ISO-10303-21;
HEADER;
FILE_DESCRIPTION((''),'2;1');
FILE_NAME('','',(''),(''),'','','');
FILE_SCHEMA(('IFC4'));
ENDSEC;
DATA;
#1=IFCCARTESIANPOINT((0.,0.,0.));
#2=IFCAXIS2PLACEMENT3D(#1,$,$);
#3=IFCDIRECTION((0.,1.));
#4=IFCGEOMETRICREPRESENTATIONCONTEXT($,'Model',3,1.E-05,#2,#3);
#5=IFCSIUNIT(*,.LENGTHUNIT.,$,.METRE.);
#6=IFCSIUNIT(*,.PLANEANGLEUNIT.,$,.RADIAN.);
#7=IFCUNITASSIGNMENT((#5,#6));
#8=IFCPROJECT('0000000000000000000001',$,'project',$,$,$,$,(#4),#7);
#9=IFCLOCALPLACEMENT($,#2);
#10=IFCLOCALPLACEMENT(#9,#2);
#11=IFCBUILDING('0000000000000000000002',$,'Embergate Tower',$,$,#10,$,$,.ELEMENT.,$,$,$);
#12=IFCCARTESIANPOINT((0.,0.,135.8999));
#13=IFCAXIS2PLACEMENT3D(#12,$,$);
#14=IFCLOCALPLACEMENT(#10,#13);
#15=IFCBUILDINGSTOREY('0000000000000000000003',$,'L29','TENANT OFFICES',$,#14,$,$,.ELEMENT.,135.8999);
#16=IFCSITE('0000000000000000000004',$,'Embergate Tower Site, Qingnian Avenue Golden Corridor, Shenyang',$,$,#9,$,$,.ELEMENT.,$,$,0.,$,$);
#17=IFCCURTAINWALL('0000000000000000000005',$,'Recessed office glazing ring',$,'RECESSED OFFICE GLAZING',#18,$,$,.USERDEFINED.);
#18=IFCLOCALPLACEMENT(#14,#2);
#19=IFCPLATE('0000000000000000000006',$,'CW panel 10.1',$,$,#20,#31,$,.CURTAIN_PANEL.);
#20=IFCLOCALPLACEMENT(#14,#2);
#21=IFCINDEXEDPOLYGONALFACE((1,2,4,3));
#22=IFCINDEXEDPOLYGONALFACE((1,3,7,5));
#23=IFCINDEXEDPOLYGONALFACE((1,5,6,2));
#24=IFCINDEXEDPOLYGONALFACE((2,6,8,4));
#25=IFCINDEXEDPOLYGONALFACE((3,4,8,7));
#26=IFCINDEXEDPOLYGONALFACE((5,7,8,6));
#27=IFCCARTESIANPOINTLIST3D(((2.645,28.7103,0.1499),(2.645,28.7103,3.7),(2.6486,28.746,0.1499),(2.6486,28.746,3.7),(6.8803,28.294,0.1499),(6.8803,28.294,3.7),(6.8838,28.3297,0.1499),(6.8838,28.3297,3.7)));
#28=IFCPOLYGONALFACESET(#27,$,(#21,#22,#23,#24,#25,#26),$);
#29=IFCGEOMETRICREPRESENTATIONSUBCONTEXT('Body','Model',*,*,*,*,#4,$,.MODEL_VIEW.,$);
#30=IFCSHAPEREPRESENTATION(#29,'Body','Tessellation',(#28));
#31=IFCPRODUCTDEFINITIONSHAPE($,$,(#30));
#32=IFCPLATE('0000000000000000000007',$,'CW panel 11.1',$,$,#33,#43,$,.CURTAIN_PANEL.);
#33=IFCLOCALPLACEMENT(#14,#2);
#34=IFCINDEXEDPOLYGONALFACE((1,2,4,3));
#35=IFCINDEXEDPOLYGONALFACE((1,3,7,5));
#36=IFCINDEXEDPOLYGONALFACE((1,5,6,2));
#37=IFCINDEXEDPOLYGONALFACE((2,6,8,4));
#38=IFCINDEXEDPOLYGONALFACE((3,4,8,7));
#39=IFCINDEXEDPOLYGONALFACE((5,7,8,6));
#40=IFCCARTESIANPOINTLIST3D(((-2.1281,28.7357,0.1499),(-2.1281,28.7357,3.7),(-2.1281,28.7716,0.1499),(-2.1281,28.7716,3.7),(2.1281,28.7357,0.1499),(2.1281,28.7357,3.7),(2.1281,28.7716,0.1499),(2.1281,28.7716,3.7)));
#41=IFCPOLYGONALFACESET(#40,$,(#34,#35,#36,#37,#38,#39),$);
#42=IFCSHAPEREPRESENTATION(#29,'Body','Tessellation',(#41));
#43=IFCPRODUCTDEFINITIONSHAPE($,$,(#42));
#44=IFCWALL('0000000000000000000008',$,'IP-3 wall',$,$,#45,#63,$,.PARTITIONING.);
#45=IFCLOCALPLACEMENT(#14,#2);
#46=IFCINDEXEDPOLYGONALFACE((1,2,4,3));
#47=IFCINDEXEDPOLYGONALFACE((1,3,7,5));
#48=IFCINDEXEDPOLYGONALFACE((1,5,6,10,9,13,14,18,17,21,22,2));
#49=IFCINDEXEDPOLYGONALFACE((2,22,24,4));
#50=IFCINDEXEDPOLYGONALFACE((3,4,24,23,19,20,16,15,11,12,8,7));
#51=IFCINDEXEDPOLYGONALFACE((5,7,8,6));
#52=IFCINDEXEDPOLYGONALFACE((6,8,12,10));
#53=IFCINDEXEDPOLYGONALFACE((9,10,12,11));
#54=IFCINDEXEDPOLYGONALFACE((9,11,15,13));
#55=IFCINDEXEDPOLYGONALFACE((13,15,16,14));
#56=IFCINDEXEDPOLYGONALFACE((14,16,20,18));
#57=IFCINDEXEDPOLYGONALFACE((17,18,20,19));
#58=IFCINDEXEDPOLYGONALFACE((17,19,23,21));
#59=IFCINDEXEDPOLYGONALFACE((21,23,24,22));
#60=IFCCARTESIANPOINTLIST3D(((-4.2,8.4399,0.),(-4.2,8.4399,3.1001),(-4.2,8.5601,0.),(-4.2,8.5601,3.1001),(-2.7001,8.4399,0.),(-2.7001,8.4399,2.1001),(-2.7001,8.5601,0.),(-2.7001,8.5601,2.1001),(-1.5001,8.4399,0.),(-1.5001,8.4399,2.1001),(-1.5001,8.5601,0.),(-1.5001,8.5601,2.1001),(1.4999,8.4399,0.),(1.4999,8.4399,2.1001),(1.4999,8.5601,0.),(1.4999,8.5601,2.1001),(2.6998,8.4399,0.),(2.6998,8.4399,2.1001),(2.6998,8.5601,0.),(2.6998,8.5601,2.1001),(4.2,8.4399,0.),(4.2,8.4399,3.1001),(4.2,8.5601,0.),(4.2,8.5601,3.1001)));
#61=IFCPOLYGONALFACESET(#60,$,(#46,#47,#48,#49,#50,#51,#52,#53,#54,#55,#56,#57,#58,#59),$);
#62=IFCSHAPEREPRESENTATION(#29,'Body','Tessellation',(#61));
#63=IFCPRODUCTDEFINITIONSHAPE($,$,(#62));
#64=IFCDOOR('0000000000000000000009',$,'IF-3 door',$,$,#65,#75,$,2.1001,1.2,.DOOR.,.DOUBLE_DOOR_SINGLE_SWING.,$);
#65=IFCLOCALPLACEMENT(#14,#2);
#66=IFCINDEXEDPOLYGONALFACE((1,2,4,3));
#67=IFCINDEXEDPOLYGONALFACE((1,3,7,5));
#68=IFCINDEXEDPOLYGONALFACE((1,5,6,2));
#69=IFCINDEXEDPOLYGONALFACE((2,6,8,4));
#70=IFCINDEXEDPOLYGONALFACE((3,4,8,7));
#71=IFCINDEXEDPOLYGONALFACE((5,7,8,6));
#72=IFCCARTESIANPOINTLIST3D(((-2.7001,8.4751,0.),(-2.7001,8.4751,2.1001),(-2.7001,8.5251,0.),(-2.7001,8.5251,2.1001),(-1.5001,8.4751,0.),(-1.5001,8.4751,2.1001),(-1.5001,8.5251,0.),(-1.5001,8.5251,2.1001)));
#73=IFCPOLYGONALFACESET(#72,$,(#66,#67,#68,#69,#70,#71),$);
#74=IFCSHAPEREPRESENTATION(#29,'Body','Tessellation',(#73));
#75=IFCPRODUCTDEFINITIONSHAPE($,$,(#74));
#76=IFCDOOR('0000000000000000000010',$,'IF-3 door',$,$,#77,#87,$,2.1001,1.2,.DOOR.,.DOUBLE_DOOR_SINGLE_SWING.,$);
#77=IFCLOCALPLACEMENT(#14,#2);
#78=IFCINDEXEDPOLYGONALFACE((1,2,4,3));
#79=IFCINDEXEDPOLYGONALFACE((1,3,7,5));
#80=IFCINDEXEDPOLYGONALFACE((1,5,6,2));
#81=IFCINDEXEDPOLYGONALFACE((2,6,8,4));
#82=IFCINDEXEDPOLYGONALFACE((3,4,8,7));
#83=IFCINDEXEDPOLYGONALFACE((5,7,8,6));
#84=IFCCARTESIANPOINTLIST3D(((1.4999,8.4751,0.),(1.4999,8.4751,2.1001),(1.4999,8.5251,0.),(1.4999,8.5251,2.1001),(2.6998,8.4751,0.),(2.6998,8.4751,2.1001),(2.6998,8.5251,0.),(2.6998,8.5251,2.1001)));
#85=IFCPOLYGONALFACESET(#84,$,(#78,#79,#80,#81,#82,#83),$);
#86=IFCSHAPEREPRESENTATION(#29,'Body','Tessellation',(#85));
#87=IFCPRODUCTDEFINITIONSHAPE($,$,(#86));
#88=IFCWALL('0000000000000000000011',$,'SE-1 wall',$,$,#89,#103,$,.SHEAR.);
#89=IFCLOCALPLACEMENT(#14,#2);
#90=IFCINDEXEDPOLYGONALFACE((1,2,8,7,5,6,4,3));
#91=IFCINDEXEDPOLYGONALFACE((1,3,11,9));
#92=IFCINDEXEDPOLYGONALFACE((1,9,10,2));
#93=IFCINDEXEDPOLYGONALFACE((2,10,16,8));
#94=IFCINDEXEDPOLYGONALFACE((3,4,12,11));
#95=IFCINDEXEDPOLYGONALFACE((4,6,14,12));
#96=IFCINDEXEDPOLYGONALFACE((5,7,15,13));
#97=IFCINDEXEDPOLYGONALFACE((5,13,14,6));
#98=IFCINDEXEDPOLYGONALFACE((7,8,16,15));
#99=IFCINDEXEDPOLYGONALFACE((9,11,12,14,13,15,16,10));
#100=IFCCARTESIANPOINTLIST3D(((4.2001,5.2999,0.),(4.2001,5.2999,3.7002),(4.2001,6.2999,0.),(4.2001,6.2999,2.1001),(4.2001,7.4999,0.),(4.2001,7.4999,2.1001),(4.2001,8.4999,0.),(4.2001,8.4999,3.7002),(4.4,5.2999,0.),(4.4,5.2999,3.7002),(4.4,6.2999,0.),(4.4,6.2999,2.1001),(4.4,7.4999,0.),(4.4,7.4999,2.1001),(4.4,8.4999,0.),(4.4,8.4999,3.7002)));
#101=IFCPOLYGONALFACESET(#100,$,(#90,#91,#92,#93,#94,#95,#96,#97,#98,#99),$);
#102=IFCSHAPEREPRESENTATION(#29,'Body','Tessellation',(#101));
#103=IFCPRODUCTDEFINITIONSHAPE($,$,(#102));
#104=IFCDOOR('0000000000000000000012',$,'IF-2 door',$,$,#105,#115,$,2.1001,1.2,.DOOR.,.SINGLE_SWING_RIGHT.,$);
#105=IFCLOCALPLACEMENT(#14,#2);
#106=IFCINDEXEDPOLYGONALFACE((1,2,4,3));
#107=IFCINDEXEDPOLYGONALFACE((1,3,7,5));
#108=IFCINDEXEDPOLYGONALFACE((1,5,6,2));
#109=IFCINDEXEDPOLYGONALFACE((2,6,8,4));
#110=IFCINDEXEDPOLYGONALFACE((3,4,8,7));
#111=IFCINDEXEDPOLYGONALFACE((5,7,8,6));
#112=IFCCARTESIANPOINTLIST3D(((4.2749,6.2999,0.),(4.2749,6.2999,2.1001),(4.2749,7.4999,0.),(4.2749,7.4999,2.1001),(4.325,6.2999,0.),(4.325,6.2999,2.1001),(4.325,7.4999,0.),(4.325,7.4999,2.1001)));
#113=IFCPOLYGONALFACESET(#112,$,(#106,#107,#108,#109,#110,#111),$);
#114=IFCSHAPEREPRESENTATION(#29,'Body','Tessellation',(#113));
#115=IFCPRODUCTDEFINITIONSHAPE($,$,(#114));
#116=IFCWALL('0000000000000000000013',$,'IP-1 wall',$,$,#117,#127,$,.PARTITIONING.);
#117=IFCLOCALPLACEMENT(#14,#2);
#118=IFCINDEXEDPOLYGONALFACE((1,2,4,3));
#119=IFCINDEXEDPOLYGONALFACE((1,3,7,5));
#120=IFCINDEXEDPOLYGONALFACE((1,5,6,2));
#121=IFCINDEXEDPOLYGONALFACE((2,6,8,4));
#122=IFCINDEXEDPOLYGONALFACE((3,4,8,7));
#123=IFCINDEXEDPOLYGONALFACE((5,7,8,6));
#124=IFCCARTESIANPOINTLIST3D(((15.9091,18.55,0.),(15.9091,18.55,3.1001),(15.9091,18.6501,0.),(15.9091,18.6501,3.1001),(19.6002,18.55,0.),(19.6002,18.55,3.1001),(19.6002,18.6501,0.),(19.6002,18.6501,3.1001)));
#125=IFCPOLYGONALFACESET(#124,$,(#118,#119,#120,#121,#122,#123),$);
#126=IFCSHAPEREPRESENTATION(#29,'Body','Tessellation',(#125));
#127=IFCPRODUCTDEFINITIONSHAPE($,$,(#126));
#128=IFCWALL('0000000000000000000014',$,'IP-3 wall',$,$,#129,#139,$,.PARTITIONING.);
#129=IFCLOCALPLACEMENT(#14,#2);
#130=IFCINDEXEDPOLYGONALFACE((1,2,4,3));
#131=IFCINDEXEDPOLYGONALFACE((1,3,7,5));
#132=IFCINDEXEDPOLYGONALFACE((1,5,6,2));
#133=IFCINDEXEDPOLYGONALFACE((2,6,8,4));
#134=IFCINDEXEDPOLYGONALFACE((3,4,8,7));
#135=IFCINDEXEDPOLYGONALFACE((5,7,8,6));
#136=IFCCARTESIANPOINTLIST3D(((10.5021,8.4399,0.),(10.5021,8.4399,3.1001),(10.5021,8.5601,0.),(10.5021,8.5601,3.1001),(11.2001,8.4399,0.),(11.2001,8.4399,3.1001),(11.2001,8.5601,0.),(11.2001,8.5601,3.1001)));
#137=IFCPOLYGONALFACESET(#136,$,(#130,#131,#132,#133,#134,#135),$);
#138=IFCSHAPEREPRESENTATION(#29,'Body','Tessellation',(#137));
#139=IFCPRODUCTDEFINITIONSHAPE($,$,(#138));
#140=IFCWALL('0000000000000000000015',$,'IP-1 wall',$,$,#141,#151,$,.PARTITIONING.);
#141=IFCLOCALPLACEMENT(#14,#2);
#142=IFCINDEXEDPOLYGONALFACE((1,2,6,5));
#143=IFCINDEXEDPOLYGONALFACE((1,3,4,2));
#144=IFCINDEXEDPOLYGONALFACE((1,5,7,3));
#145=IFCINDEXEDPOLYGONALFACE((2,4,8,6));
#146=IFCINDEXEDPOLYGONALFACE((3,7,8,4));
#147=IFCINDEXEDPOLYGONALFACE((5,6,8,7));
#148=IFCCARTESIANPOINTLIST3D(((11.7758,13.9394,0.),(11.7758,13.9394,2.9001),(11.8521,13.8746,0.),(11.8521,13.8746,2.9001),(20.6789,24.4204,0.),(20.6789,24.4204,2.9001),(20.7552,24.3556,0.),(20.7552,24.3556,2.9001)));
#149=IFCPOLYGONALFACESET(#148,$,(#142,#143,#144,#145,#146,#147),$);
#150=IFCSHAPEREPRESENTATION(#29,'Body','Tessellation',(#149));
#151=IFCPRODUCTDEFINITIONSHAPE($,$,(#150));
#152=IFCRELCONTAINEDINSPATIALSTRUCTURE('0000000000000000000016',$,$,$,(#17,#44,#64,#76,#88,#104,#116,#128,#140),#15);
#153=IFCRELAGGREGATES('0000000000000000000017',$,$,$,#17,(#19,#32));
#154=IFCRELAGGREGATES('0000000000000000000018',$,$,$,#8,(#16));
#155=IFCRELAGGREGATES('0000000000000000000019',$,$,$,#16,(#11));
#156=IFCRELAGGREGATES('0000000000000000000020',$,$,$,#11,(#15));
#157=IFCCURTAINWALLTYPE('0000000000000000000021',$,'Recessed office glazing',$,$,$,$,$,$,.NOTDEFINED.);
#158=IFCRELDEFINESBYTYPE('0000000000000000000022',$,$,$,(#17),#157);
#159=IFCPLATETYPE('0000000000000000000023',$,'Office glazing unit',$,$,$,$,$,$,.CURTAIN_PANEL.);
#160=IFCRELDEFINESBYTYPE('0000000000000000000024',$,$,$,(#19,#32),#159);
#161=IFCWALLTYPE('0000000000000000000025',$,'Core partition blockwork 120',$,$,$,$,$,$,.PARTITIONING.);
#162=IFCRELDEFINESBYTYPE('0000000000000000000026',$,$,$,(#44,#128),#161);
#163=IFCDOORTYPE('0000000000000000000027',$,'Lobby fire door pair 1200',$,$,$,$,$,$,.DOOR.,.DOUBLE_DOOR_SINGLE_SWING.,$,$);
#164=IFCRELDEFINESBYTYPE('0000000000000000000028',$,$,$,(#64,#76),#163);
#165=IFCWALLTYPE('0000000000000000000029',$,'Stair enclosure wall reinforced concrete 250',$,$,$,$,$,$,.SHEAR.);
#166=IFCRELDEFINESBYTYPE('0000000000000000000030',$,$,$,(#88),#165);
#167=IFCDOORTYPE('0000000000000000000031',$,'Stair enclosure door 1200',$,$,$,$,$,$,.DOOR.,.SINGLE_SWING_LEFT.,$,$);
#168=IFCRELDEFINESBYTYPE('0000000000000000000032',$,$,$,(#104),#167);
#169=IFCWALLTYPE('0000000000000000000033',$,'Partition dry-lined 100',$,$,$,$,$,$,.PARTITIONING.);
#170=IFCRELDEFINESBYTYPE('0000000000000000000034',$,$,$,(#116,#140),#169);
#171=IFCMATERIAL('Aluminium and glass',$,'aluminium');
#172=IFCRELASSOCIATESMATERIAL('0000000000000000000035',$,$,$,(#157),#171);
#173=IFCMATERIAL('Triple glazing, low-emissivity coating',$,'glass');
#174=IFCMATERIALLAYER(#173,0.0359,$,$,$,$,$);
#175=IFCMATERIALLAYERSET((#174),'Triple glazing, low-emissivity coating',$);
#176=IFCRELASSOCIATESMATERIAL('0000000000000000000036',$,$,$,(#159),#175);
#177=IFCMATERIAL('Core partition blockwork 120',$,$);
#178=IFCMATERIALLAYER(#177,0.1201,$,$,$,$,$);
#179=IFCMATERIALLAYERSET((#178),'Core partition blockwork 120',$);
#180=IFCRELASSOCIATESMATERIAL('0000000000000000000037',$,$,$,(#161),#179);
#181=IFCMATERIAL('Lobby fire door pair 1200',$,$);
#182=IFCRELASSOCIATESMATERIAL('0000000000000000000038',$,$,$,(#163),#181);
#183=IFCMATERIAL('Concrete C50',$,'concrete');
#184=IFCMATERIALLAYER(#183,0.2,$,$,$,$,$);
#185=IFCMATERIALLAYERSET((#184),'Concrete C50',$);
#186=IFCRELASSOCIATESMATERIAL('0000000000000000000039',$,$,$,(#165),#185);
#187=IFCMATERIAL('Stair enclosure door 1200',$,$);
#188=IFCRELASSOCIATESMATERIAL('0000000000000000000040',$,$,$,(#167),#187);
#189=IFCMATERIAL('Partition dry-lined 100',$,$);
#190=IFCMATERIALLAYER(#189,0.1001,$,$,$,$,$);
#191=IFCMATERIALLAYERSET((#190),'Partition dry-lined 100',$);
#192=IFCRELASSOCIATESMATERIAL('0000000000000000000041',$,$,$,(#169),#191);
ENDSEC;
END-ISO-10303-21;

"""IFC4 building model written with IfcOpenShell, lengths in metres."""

from ifc_helpers import new_model, si_unit, direction, frame, frame_2d, origin, origin_2d, place, context, subcontext, project, spatial, rectangle, extrude, source, transform, mapped, material, layer, layer_set, type_object, element, fill, aggregate, save


model = new_model("IFC4")

# Units and contexts
model_context = context("Model", 3, precision=1e-05, world=origin(), true_north=direction((0.0, 1.0)))
body_context = subcontext(model_context, "Body", "Model", "MODEL_VIEW")
ifc_project = project(units=[si_unit("LENGTHUNIT", "METRE"), si_unit("PLANEANGLEUNIT", "RADIAN")], contexts=[model_context])

# Site, building, storey
site_placement = place(None, origin())
site = spatial("IfcSite", under=ifc_project, at=site_placement, Name="Embergate Tower Site, Qingnian Avenue Golden Corridor, Shenyang", CompositionType="ELEMENT", RefElevation=0.0)
building_placement = place(site_placement, origin())
building = spatial("IfcBuilding", under=site, at=building_placement, Name="Embergate Tower", CompositionType="ELEMENT")
storey_placement = place(building_placement, frame((0.0, 0.0, 135.8999)))
storey = spatial("IfcBuildingStorey", under=building, at=storey_placement, Name="L29", Description="TENANT OFFICES", CompositionType="ELEMENT", Elevation=135.8999)

# Curtain wall, plates
ifc_material_1 = material(Name="Aluminium and glass", Category="aluminium")
curtain_wall_type = type_object("IfcCurtainWallType", Name="Recessed office glazing", PredefinedType="NOTDEFINED", material=ifc_material_1)
curtain_wall_placement = place(storey_placement, origin())
curtain_wall = element("IfcCurtainWall", 1, at=curtain_wall_placement, inside=storey, type_object=curtain_wall_type, Name="Recessed office glazing ring", ObjectType="RECESSED OFFICE GLAZING", PredefinedType="USERDEFINED")
ifc_material_2 = material(Name="Triple glazing, low-emissivity coating", Category="glass")
ifc_layer_1 = layer(ifc_material_2, 0.0359)
ifc_layer_set_1 = layer_set([ifc_layer_1], Name="Triple glazing, low-emissivity coating")
plate_type = type_object("IfcPlateType", Name="Office glazing unit", PredefinedType="CURTAIN_PANEL", material=ifc_layer_set_1)
shared_shape_1 = source(origin(), body_context, "Body", "SweptSolid", [
    extrude(rectangle(XDim=4.2556, YDim=0.0359, at=origin_2d()), origin(), (0.0, 0.0, 1.0), 3.55),
])
plate_1_placement = place(storey_placement, frame((4.7644, 28.52, 0.1499), z_axis=(0.0, 0.0, 1.0), x_axis=(-0.995203, 0.097828, 0.0)))
plate_1 = element("IfcPlate", 2, at=plate_1_placement, type_object=plate_type, Name="CW panel 10.1", PredefinedType="CURTAIN_PANEL", context=body_context, shape_type="MappedRepresentation", body=[
    mapped(shared_shape_1, transform((0.0, 0.0, 0.0))),
])
shared_shape_2 = source(origin(), body_context, "Body", "SweptSolid", [
    extrude(rectangle(XDim=4.2561, YDim=0.0359, at=origin_2d()), origin(), (0.0, 0.0, 1.0), 3.55),
])
plate_2_placement = place(storey_placement, frame((0.0, 28.7537, 0.1499), z_axis=(0.0, 0.0, 1.0), x_axis=(-1.0, 0.0, 0.0)))
plate_2 = element("IfcPlate", 3, at=plate_2_placement, type_object=plate_type, Name="CW panel 11.1", PredefinedType="CURTAIN_PANEL", context=body_context, shape_type="MappedRepresentation", body=[
    mapped(shared_shape_2, transform((0.0, 0.0, 0.0))),
])
aggregate(curtain_wall, [plate_1, plate_2])

# Wall, openings, doors
ifc_material_3 = material(Name="Core partition blockwork 120")
ifc_layer_2 = layer(ifc_material_3, 0.1201)
ifc_layer_set_2 = layer_set([ifc_layer_2], Name="Core partition blockwork 120")
wall_type_1 = type_object("IfcWallType", Name="Core partition blockwork 120", PredefinedType="PARTITIONING", material=ifc_layer_set_2)
shared_shape_3 = source(origin(), body_context, "Body", "SweptSolid", [
    extrude(rectangle(XDim=8.3999, YDim=0.1201, at=frame_2d((4.2, 0.0))), origin(), (0.0, 0.0, 1.0), 3.1001),
])
wall_1_placement = place(storey_placement, frame((4.2, 8.5, 0.0), z_axis=(0.0, 0.0, 1.0), x_axis=(-1.0, 0.0, 0.0)))
wall_1 = element("IfcWall", 4, at=wall_1_placement, inside=storey, type_object=wall_type_1, Name="IP-3 wall", PredefinedType="PARTITIONING", context=body_context, shape_type="MappedRepresentation", body=[
    mapped(shared_shape_3, transform((0.0, 0.0, 0.0))),
])
shared_shape_4 = source(origin(), body_context, "Body", "SweptSolid", [
    extrude(rectangle(XDim=1.2, YDim=2.1001, at=frame_2d((0.6001, 1.05))), frame((0.0, 0.0701, 0.0), z_axis=(0.0, -1.0, 0.0), x_axis=(1.0, 0.0, 0.0)), (0.0, 0.0, 1.0), 0.1401),
])
opening_1_placement = place(wall_1_placement, frame((5.7, 0.0, 0.0)))
opening_1 = element("IfcOpeningElement", 5, at=opening_1_placement, cuts=wall_1, PredefinedType="OPENING", context=body_context, shape_type="MappedRepresentation", body=[
    mapped(shared_shape_4, transform((0.0, 0.0, 0.0))),
])
opening_2_placement = place(wall_1_placement, frame((1.5, 0.0, 0.0)))
opening_2 = element("IfcOpeningElement", 6, at=opening_2_placement, cuts=wall_1, PredefinedType="OPENING", context=body_context, shape_type="MappedRepresentation", body=[
    mapped(shared_shape_4, transform((0.0, 0.0, 0.0))),
])
ifc_material_4 = material(Name="Lobby fire door pair 1200")
door_type_1 = type_object("IfcDoorType", Name="Lobby fire door pair 1200", OperationType="DOUBLE_DOOR_SINGLE_SWING", PredefinedType="DOOR", material=ifc_material_4)
shared_shape_5 = source(origin(), body_context, "Body", "SweptSolid", [
    extrude(rectangle(XDim=1.2, YDim=2.1001, at=frame_2d((0.6001, 1.05))), frame((0.0, 0.0249, 0.0), z_axis=(0.0, -1.0, 0.0), x_axis=(1.0, 0.0, 0.0)), (0.0, 0.0, 1.0), 0.05),
])
door_1_placement = place(opening_1_placement, origin())
door_1 = element("IfcDoor", 7, at=door_1_placement, inside=storey, type_object=door_type_1, Name="IF-3 door", OperationType="DOUBLE_DOOR_SINGLE_SWING", OverallHeight=2.1001, OverallWidth=1.2, PredefinedType="DOOR", context=body_context, shape_type="MappedRepresentation", body=[
    mapped(shared_shape_5, transform((0.0, 0.0, 0.0))),
])
fill(opening_1, door_1)
door_2_placement = place(opening_2_placement, origin())
door_2 = element("IfcDoor", 8, at=door_2_placement, inside=storey, type_object=door_type_1, Name="IF-3 door", OperationType="DOUBLE_DOOR_SINGLE_SWING", OverallHeight=2.1001, OverallWidth=1.2, PredefinedType="DOOR", context=body_context, shape_type="MappedRepresentation", body=[
    mapped(shared_shape_5, transform((0.0, 0.0, 0.0))),
])
fill(opening_2, door_2)

# Wall, opening, door
ifc_material_5 = material(Name="Concrete C50", Category="concrete")
ifc_layer_3 = layer(ifc_material_5, 0.2)
ifc_layer_set_3 = layer_set([ifc_layer_3], Name="Concrete C50")
wall_type_2 = type_object("IfcWallType", Name="Stair enclosure wall reinforced concrete 250", PredefinedType="SHEAR", material=ifc_layer_set_3)
shared_shape_6 = source(origin(), body_context, "Body", "SweptSolid", [
    extrude(rectangle(XDim=3.2, YDim=0.2, at=frame_2d((1.6001, 0.0))), origin(), (0.0, 0.0, 1.0), 3.7002),
])
wall_2_placement = place(storey_placement, frame((4.3, 8.5, 0.0), z_axis=(0.0, 0.0, 1.0), x_axis=(0.0, -1.0, 0.0)))
wall_2 = element("IfcWall", 9, at=wall_2_placement, inside=storey, type_object=wall_type_2, Name="SE-1 wall", PredefinedType="SHEAR", context=body_context, shape_type="MappedRepresentation", body=[
    mapped(shared_shape_6, transform((0.0, 0.0, 0.0))),
])
shared_shape_7 = source(origin(), body_context, "Body", "SweptSolid", [
    extrude(rectangle(XDim=1.2, YDim=2.1001, at=frame_2d((0.6001, 1.05))), frame((0.0, 0.1099, 0.0), z_axis=(0.0, -1.0, 0.0), x_axis=(1.0, 0.0, 0.0)), (0.0, 0.0, 1.0), 0.22),
])
opening_3_placement = place(wall_2_placement, frame((1.0, 0.0, 0.0)))
opening_3 = element("IfcOpeningElement", 10, at=opening_3_placement, cuts=wall_2, PredefinedType="OPENING", context=body_context, shape_type="MappedRepresentation", body=[
    mapped(shared_shape_7, transform((0.0, 0.0, 0.0))),
])
ifc_material_6 = material(Name="Stair enclosure door 1200")
door_type_2 = type_object("IfcDoorType", Name="Stair enclosure door 1200", OperationType="SINGLE_SWING_LEFT", PredefinedType="DOOR", material=ifc_material_6)
door_3_placement = place(opening_3_placement, origin())
door_3 = element("IfcDoor", 11, at=door_3_placement, inside=storey, type_object=door_type_2, Name="IF-2 door", OperationType="SINGLE_SWING_RIGHT", OverallHeight=2.1001, OverallWidth=1.2, PredefinedType="DOOR", context=body_context, shape_type="MappedRepresentation", body=[
    mapped(shared_shape_5, transform((0.0, 0.0, 0.0))),
])
fill(opening_3, door_3)

# Walls
ifc_material_7 = material(Name="Partition dry-lined 100")
ifc_layer_4 = layer(ifc_material_7, 0.1001)
ifc_layer_set_4 = layer_set([ifc_layer_4], Name="Partition dry-lined 100")
wall_type_3 = type_object("IfcWallType", Name="Partition dry-lined 100", PredefinedType="PARTITIONING", material=ifc_layer_set_4)
shared_shape_8 = source(origin(), body_context, "Body", "SweptSolid", [
    extrude(rectangle(XDim=3.6912, YDim=0.1001, at=frame_2d((1.8457, 0.0))), origin(), (0.0, 0.0, 1.0), 3.1001),
])
wall_3_placement = place(storey_placement, frame((15.9089, 18.6001, 0.0), z_axis=(0.0, 0.0, 1.0), x_axis=(1.0, 0.0, 0.0)))
element("IfcWall", 12, at=wall_3_placement, inside=storey, type_object=wall_type_3, Name="IP-1 wall", PredefinedType="PARTITIONING", context=body_context, shape_type="MappedRepresentation", body=[
    mapped(shared_shape_8, transform((0.0, 0.0, 0.0))),
])
shared_shape_9 = source(origin(), body_context, "Body", "SweptSolid", [
    extrude(rectangle(XDim=0.698, YDim=0.1201, at=frame_2d((0.3491, 0.0))), origin(), (0.0, 0.0, 1.0), 3.1001),
])
wall_4_placement = place(storey_placement, frame((10.502, 8.5, 0.0), z_axis=(0.0, 0.0, 1.0), x_axis=(1.0, 0.0, 0.0)))
element("IfcWall", 13, at=wall_4_placement, inside=storey, type_object=wall_type_1, Name="IP-3 wall", PredefinedType="PARTITIONING", context=body_context, shape_type="MappedRepresentation", body=[
    mapped(shared_shape_9, transform((0.0, 0.0, 0.0))),
])
shared_shape_10 = source(origin(), body_context, "Body", "SweptSolid", [
    extrude(rectangle(XDim=13.752, YDim=0.1001, at=frame_2d((6.876, 0.0))), origin(), (0.0, 0.0, 1.0), 2.9001),
])
wall_5_placement = place(storey_placement, frame((11.814, 13.907, 0.0), z_axis=(0.0, 0.0, 1.0), x_axis=(0.647406, 0.762145, 0.0)))
element("IfcWall", 14, at=wall_5_placement, inside=storey, type_object=wall_type_3, Name="IP-1 wall", PredefinedType="PARTITIONING", context=body_context, shape_type="MappedRepresentation", body=[
    mapped(shared_shape_10, transform((0.0, 0.0, 0.0))),
])

save(model, "model.ifc")
